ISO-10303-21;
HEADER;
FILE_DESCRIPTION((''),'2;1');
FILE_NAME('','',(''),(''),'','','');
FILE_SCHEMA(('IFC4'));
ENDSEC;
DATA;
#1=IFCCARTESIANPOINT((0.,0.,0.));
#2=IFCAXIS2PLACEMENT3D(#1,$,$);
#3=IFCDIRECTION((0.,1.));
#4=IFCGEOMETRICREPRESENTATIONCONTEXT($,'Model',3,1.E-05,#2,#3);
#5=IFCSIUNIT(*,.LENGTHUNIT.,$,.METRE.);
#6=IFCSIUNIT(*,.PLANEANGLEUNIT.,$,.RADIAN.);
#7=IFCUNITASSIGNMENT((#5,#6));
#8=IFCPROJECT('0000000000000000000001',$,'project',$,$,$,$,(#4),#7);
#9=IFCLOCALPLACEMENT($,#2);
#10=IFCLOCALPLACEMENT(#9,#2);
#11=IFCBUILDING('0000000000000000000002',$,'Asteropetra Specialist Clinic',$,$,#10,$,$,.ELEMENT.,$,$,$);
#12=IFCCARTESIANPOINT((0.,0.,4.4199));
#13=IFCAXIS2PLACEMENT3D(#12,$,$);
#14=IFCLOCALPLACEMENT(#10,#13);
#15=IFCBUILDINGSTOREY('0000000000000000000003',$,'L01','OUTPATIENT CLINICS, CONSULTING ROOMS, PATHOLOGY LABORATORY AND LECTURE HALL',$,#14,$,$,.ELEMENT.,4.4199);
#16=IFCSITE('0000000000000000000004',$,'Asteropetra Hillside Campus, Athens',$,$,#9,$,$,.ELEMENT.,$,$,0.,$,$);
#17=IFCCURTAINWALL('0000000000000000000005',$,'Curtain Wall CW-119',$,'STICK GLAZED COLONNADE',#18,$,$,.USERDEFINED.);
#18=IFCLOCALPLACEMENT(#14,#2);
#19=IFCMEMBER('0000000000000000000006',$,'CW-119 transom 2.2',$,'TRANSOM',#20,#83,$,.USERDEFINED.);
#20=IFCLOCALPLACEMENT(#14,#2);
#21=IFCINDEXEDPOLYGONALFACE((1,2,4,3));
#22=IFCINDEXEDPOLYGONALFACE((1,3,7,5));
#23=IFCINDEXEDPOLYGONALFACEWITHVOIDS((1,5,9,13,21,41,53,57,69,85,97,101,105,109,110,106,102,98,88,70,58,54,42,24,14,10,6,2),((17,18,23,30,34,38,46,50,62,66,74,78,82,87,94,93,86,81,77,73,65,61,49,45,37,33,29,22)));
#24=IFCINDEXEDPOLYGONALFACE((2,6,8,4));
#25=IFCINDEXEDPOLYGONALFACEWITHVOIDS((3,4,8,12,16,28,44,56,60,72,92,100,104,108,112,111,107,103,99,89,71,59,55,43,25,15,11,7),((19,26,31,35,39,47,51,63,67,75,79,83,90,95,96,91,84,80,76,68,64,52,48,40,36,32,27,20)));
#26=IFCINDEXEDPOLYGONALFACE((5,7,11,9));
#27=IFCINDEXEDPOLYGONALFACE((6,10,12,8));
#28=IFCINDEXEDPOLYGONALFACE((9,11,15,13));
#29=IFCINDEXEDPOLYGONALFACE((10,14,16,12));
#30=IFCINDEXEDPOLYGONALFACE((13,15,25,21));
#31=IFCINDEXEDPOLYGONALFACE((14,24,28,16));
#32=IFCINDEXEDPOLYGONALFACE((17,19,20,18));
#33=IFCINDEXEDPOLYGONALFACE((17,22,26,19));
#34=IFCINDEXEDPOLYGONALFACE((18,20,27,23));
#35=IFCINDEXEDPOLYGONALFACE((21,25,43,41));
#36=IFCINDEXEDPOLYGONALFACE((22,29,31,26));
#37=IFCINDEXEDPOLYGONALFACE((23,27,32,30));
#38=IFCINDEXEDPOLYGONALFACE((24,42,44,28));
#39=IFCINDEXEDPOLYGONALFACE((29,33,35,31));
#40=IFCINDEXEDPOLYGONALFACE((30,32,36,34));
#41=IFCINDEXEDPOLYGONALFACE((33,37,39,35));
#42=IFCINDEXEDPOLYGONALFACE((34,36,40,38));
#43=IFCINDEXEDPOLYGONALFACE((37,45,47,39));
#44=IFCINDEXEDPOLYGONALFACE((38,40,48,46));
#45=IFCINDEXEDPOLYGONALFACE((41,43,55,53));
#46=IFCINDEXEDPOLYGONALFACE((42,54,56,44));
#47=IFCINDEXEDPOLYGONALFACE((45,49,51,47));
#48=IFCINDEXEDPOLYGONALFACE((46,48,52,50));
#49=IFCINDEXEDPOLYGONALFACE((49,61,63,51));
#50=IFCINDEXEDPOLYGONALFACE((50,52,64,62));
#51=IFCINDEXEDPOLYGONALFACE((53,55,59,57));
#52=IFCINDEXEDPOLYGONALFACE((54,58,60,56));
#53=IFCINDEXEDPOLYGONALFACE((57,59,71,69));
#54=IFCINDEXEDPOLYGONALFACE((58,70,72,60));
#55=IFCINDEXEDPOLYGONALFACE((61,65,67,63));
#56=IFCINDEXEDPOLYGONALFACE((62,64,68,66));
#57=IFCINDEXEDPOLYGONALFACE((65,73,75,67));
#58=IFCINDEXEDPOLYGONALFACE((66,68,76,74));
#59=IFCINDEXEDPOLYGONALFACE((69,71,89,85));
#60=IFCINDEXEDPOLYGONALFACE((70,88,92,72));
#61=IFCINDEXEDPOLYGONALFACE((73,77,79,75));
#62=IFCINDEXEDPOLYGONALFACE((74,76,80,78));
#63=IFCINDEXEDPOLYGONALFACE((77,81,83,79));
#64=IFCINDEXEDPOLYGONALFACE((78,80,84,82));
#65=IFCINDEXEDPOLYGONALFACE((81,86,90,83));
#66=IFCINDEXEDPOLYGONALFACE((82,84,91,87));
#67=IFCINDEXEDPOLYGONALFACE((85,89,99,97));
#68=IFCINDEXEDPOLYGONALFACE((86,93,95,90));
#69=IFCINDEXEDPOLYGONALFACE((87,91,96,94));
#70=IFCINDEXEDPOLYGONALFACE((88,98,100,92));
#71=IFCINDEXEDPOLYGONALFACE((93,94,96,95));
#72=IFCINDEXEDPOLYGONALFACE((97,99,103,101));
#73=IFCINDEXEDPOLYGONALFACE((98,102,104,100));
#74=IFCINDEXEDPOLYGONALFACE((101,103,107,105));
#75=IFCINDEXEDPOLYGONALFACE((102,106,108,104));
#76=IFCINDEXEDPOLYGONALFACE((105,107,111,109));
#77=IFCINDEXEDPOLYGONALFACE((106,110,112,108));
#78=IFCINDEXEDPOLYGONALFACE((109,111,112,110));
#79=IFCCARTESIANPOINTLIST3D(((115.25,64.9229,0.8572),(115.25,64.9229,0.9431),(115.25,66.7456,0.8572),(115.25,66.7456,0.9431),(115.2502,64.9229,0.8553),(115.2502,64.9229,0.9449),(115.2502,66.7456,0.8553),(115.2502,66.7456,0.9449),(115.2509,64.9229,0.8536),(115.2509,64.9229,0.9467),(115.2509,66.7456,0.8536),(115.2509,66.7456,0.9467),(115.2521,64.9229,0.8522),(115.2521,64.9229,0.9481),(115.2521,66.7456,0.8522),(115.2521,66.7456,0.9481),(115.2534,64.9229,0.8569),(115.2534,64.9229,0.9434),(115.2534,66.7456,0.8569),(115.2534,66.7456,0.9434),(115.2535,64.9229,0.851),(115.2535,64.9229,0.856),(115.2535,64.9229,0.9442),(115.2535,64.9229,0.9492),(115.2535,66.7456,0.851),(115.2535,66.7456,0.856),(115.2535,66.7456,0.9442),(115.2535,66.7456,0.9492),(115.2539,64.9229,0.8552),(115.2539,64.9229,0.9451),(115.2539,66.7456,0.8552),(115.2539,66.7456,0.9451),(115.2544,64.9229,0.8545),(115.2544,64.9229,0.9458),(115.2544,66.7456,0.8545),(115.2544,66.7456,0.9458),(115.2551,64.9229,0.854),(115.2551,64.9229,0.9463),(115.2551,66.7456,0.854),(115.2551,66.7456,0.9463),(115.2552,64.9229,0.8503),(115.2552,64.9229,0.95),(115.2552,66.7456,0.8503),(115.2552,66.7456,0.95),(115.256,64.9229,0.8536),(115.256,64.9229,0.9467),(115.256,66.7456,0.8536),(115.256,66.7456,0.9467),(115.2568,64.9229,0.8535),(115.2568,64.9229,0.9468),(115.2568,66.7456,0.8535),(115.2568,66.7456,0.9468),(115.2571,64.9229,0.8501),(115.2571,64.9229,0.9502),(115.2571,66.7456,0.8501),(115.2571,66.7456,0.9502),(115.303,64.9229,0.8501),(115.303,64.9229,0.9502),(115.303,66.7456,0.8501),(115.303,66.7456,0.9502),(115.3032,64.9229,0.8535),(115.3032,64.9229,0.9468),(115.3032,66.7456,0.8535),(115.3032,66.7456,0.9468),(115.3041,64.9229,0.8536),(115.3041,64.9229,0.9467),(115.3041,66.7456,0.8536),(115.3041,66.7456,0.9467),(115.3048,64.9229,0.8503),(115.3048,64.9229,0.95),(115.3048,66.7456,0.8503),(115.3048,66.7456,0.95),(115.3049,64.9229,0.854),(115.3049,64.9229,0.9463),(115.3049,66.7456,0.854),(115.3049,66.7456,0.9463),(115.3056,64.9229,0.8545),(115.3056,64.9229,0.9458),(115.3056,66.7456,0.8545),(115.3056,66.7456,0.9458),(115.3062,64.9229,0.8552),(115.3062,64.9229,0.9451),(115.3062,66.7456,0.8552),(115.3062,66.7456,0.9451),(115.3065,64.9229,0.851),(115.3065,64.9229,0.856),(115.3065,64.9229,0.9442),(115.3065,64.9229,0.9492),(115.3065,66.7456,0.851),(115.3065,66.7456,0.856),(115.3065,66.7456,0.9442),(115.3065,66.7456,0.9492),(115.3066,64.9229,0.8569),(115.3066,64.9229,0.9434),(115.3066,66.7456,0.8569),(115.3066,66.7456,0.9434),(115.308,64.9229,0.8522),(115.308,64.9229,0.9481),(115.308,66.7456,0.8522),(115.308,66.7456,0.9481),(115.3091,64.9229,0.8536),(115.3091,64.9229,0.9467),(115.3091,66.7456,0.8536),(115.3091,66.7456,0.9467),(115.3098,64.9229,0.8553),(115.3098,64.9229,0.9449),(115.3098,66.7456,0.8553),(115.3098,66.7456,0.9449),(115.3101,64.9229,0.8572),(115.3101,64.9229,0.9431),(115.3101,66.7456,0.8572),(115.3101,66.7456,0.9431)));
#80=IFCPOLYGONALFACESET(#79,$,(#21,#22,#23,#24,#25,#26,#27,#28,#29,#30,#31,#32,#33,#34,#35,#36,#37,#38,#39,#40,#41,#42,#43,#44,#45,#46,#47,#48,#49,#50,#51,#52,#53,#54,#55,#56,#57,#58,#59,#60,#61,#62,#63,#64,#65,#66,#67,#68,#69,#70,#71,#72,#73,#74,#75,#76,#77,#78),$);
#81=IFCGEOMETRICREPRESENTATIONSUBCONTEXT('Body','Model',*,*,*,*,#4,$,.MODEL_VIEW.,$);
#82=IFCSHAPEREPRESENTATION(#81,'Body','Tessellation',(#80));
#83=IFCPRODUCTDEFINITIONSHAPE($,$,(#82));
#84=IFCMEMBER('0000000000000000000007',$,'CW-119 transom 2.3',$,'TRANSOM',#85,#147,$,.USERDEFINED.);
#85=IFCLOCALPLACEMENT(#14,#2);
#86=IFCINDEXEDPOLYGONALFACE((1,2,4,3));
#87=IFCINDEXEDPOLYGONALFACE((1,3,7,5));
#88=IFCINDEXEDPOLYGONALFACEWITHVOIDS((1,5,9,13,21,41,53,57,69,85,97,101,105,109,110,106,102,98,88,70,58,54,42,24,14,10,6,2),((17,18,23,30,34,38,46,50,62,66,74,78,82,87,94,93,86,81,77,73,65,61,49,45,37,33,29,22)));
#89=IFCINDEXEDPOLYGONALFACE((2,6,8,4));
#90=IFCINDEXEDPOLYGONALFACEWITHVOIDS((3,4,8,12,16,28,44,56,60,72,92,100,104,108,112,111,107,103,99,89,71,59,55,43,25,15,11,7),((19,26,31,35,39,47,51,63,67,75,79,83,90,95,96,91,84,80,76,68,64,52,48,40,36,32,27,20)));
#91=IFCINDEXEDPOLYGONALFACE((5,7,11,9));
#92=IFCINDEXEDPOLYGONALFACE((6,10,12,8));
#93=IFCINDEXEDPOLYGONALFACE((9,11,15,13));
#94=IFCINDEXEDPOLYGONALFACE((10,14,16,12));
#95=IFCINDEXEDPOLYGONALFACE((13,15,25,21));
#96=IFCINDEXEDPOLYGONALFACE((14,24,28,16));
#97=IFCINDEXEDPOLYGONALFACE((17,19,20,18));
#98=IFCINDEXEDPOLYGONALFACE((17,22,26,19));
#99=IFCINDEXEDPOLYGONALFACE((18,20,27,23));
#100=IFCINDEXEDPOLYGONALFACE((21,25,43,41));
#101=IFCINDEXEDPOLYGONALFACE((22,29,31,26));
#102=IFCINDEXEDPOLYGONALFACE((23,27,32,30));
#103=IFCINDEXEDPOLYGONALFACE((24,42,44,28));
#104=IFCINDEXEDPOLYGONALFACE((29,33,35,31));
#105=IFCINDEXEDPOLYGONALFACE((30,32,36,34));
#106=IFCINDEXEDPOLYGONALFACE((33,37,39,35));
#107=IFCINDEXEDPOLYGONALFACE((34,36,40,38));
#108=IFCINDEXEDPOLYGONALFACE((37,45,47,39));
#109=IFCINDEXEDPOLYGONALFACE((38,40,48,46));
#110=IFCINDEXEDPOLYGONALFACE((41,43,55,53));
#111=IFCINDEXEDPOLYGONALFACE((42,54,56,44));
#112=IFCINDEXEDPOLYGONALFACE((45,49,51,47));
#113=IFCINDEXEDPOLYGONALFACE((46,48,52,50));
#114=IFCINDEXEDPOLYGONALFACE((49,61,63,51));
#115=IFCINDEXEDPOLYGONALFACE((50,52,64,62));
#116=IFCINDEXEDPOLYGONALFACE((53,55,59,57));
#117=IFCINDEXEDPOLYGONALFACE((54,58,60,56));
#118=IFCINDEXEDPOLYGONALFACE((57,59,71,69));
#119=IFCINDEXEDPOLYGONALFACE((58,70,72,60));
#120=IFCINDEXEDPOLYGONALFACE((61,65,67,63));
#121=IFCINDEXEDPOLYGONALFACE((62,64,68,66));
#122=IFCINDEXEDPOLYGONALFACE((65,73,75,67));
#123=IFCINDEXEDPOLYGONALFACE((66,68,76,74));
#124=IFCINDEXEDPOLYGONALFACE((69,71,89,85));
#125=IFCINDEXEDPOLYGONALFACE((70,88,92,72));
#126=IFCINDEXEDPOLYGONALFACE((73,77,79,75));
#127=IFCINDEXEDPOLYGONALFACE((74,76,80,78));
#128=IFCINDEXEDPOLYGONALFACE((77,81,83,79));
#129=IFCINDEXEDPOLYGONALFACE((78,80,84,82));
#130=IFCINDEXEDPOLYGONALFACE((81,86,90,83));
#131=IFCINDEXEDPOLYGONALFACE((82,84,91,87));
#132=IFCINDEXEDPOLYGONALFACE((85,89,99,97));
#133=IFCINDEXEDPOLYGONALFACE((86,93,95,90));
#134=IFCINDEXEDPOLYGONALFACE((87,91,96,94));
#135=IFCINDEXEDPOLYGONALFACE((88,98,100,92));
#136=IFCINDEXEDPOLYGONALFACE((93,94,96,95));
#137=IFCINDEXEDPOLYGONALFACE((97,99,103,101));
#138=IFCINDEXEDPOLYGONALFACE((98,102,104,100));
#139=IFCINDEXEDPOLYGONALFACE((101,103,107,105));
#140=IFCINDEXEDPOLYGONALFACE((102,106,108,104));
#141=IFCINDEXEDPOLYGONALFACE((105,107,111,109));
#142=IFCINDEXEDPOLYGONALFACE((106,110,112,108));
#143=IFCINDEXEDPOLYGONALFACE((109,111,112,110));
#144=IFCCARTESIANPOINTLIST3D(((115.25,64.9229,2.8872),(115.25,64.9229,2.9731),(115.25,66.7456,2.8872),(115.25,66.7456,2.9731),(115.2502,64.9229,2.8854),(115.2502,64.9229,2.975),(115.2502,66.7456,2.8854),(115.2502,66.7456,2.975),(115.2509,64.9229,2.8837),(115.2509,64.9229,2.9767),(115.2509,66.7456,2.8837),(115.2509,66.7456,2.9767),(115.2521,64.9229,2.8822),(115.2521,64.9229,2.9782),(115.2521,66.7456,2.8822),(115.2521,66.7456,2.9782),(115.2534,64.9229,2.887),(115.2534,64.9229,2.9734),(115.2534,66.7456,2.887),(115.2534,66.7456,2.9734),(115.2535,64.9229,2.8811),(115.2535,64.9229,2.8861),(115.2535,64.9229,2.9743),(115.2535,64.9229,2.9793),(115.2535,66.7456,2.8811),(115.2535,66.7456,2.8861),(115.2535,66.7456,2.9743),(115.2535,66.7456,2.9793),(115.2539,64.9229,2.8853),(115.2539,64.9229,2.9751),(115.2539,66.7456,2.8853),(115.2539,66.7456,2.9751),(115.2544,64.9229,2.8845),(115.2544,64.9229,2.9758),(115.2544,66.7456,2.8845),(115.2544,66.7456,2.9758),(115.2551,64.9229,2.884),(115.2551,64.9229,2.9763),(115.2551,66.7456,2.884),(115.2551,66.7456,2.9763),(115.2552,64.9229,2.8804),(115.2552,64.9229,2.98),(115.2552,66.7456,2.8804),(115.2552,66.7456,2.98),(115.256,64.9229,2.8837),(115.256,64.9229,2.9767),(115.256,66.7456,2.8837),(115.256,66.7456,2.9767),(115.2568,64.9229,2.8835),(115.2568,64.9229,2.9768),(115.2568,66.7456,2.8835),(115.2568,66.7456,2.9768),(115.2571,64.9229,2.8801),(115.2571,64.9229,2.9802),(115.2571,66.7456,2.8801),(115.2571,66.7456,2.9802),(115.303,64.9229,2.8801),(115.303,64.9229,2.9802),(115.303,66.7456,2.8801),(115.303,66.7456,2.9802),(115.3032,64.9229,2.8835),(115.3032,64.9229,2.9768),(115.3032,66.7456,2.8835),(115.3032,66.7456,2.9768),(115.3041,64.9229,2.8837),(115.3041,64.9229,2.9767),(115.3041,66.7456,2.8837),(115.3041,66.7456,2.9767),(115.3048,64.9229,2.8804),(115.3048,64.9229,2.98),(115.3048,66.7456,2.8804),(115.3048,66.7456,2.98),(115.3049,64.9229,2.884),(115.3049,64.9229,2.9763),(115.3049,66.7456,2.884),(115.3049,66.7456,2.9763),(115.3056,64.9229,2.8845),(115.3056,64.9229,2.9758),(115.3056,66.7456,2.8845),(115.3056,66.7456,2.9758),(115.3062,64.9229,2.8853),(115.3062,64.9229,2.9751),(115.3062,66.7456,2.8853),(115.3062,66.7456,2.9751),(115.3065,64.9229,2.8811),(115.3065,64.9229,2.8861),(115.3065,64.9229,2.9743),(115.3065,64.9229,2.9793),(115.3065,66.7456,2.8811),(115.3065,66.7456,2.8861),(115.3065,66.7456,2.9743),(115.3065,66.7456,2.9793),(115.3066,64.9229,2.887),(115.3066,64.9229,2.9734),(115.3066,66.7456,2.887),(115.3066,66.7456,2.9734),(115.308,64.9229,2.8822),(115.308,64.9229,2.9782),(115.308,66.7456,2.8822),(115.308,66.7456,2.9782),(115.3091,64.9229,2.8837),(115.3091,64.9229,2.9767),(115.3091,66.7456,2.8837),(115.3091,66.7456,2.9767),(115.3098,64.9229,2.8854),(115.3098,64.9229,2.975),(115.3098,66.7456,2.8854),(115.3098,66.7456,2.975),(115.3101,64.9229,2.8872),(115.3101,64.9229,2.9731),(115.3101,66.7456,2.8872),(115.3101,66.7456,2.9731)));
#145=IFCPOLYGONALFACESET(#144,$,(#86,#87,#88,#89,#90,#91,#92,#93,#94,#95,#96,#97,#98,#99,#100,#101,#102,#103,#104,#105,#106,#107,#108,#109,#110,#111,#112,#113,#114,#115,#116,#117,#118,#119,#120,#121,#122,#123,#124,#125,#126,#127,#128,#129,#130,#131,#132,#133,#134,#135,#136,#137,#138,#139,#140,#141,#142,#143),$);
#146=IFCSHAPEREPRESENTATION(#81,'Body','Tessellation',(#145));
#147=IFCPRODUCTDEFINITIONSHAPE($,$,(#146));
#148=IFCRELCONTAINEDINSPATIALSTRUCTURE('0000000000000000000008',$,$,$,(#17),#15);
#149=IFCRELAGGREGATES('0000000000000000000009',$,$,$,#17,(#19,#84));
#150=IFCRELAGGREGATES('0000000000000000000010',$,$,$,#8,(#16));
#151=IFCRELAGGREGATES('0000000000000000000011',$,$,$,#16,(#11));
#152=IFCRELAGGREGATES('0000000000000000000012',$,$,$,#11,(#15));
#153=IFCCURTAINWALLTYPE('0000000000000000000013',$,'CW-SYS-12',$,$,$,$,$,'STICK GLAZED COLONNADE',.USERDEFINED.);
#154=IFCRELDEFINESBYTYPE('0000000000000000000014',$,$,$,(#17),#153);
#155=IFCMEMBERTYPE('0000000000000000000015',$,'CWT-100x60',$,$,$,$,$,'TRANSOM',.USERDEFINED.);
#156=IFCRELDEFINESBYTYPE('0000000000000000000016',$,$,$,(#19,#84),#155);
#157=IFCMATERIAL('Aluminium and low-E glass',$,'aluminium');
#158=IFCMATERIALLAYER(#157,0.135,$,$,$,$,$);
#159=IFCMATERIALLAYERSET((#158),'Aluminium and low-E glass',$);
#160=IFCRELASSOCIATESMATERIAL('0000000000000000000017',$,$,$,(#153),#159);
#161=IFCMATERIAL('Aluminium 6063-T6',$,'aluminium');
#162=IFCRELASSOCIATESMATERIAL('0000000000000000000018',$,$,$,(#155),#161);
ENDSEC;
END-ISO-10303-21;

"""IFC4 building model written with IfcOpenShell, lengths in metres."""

from ifc_helpers import new_model, si_unit, direction, frame, origin, origin_2d, place, context, subcontext, project, spatial, hollow_rectangle, extrude, material, layer, layer_set, material_profile, profile_set, type_object, element, aggregate, save


model = new_model("IFC4")

# Units and contexts
model_context = context("Model", 3, precision=1e-05, world=origin(), true_north=direction((0.0, 1.0)))
body_context = subcontext(model_context, "Body", "Model", "MODEL_VIEW")
ifc_project = project(units=[si_unit("LENGTHUNIT", "METRE"), si_unit("PLANEANGLEUNIT", "RADIAN")], contexts=[model_context])

# Site, building, storey
site_placement = place(None, origin())
site = spatial("IfcSite", under=ifc_project, at=site_placement, Name="Asteropetra Hillside Campus, Athens", CompositionType="ELEMENT", RefElevation=0.0)
building_placement = place(site_placement, origin())
building = spatial("IfcBuilding", under=site, at=building_placement, Name="Asteropetra Specialist Clinic", CompositionType="ELEMENT")
storey_placement = place(building_placement, frame((0.0, 0.0, 4.4199)))
storey = spatial("IfcBuildingStorey", under=building, at=storey_placement, Name="L01", Description="OUTPATIENT CLINICS, CONSULTING ROOMS, PATHOLOGY LABORATORY AND LECTURE HALL", CompositionType="ELEMENT", Elevation=4.4199)

# Curtain wall, members
ifc_material_1 = material(Name="Aluminium and low-E glass", Category="aluminium")
ifc_layer_1 = layer(ifc_material_1, 0.135)
ifc_layer_set_1 = layer_set([ifc_layer_1], Name="Aluminium and low-E glass")
curtain_wall_type = type_object("IfcCurtainWallType", Name="CW-SYS-12", ElementType="STICK GLAZED COLONNADE", PredefinedType="USERDEFINED", material=ifc_layer_set_1)
curtain_wall_placement = place(storey_placement, origin())
curtain_wall = element("IfcCurtainWall", 1, at=curtain_wall_placement, inside=storey, type_object=curtain_wall_type, Name="Curtain Wall CW-119", ObjectType="STICK GLAZED COLONNADE", PredefinedType="USERDEFINED")
ifc_material_2 = material(Name="Aluminium 6063-T6", Category="aluminium")
ifc_material_profile_1 = material_profile(ifc_material_2, hollow_rectangle(XDim=0.0601, YDim=0.1001, WallThickness=0.0034, InnerFilletRadius=0.0034, OuterFilletRadius=0.0071, at=origin_2d()), Name="TRN 100x60x3.5")
ifc_profile_set_1 = profile_set([ifc_material_profile_1], Name="Aluminium 6063-T6")
member_type_1 = type_object("IfcMemberType", Name="CWT-100x60", ElementType="TRANSOM", PredefinedType="USERDEFINED", material=ifc_profile_set_1)
member_1_placement = place(storey_placement, frame((115.28, 64.9229, 0.9001), z_axis=(0.0, 1.0, 0.0), x_axis=(-1.0, 0.0, 0.0)))
member_1 = element("IfcMember", 2, at=member_1_placement, type_object=member_type_1, Name="CW-119 transom 2.2", ObjectType="TRANSOM", PredefinedType="USERDEFINED", context=body_context, shape_type="SweptSolid", body=[
    extrude(hollow_rectangle(XDim=0.0601, YDim=0.1001, WallThickness=0.0034, InnerFilletRadius=0.0034, OuterFilletRadius=0.0071, at=origin_2d()), origin(), (0.0, 0.0, 1.0), 1.8228),
])
member_2_placement = place(storey_placement, frame((115.28, 64.9229, 2.9302), z_axis=(0.0, 1.0, 0.0), x_axis=(-1.0, 0.0, 0.0)))
member_2 = element("IfcMember", 3, at=member_2_placement, type_object=member_type_1, Name="CW-119 transom 2.3", ObjectType="TRANSOM", PredefinedType="USERDEFINED", context=body_context, shape_type="SweptSolid", body=[
    extrude(hollow_rectangle(XDim=0.0601, YDim=0.1001, WallThickness=0.0034, InnerFilletRadius=0.0034, OuterFilletRadius=0.0071, at=origin_2d()), origin(), (0.0, 0.0, 1.0), 1.8228),
])
aggregate(curtain_wall, [member_1, member_2])

save(model, "model.ifc")
